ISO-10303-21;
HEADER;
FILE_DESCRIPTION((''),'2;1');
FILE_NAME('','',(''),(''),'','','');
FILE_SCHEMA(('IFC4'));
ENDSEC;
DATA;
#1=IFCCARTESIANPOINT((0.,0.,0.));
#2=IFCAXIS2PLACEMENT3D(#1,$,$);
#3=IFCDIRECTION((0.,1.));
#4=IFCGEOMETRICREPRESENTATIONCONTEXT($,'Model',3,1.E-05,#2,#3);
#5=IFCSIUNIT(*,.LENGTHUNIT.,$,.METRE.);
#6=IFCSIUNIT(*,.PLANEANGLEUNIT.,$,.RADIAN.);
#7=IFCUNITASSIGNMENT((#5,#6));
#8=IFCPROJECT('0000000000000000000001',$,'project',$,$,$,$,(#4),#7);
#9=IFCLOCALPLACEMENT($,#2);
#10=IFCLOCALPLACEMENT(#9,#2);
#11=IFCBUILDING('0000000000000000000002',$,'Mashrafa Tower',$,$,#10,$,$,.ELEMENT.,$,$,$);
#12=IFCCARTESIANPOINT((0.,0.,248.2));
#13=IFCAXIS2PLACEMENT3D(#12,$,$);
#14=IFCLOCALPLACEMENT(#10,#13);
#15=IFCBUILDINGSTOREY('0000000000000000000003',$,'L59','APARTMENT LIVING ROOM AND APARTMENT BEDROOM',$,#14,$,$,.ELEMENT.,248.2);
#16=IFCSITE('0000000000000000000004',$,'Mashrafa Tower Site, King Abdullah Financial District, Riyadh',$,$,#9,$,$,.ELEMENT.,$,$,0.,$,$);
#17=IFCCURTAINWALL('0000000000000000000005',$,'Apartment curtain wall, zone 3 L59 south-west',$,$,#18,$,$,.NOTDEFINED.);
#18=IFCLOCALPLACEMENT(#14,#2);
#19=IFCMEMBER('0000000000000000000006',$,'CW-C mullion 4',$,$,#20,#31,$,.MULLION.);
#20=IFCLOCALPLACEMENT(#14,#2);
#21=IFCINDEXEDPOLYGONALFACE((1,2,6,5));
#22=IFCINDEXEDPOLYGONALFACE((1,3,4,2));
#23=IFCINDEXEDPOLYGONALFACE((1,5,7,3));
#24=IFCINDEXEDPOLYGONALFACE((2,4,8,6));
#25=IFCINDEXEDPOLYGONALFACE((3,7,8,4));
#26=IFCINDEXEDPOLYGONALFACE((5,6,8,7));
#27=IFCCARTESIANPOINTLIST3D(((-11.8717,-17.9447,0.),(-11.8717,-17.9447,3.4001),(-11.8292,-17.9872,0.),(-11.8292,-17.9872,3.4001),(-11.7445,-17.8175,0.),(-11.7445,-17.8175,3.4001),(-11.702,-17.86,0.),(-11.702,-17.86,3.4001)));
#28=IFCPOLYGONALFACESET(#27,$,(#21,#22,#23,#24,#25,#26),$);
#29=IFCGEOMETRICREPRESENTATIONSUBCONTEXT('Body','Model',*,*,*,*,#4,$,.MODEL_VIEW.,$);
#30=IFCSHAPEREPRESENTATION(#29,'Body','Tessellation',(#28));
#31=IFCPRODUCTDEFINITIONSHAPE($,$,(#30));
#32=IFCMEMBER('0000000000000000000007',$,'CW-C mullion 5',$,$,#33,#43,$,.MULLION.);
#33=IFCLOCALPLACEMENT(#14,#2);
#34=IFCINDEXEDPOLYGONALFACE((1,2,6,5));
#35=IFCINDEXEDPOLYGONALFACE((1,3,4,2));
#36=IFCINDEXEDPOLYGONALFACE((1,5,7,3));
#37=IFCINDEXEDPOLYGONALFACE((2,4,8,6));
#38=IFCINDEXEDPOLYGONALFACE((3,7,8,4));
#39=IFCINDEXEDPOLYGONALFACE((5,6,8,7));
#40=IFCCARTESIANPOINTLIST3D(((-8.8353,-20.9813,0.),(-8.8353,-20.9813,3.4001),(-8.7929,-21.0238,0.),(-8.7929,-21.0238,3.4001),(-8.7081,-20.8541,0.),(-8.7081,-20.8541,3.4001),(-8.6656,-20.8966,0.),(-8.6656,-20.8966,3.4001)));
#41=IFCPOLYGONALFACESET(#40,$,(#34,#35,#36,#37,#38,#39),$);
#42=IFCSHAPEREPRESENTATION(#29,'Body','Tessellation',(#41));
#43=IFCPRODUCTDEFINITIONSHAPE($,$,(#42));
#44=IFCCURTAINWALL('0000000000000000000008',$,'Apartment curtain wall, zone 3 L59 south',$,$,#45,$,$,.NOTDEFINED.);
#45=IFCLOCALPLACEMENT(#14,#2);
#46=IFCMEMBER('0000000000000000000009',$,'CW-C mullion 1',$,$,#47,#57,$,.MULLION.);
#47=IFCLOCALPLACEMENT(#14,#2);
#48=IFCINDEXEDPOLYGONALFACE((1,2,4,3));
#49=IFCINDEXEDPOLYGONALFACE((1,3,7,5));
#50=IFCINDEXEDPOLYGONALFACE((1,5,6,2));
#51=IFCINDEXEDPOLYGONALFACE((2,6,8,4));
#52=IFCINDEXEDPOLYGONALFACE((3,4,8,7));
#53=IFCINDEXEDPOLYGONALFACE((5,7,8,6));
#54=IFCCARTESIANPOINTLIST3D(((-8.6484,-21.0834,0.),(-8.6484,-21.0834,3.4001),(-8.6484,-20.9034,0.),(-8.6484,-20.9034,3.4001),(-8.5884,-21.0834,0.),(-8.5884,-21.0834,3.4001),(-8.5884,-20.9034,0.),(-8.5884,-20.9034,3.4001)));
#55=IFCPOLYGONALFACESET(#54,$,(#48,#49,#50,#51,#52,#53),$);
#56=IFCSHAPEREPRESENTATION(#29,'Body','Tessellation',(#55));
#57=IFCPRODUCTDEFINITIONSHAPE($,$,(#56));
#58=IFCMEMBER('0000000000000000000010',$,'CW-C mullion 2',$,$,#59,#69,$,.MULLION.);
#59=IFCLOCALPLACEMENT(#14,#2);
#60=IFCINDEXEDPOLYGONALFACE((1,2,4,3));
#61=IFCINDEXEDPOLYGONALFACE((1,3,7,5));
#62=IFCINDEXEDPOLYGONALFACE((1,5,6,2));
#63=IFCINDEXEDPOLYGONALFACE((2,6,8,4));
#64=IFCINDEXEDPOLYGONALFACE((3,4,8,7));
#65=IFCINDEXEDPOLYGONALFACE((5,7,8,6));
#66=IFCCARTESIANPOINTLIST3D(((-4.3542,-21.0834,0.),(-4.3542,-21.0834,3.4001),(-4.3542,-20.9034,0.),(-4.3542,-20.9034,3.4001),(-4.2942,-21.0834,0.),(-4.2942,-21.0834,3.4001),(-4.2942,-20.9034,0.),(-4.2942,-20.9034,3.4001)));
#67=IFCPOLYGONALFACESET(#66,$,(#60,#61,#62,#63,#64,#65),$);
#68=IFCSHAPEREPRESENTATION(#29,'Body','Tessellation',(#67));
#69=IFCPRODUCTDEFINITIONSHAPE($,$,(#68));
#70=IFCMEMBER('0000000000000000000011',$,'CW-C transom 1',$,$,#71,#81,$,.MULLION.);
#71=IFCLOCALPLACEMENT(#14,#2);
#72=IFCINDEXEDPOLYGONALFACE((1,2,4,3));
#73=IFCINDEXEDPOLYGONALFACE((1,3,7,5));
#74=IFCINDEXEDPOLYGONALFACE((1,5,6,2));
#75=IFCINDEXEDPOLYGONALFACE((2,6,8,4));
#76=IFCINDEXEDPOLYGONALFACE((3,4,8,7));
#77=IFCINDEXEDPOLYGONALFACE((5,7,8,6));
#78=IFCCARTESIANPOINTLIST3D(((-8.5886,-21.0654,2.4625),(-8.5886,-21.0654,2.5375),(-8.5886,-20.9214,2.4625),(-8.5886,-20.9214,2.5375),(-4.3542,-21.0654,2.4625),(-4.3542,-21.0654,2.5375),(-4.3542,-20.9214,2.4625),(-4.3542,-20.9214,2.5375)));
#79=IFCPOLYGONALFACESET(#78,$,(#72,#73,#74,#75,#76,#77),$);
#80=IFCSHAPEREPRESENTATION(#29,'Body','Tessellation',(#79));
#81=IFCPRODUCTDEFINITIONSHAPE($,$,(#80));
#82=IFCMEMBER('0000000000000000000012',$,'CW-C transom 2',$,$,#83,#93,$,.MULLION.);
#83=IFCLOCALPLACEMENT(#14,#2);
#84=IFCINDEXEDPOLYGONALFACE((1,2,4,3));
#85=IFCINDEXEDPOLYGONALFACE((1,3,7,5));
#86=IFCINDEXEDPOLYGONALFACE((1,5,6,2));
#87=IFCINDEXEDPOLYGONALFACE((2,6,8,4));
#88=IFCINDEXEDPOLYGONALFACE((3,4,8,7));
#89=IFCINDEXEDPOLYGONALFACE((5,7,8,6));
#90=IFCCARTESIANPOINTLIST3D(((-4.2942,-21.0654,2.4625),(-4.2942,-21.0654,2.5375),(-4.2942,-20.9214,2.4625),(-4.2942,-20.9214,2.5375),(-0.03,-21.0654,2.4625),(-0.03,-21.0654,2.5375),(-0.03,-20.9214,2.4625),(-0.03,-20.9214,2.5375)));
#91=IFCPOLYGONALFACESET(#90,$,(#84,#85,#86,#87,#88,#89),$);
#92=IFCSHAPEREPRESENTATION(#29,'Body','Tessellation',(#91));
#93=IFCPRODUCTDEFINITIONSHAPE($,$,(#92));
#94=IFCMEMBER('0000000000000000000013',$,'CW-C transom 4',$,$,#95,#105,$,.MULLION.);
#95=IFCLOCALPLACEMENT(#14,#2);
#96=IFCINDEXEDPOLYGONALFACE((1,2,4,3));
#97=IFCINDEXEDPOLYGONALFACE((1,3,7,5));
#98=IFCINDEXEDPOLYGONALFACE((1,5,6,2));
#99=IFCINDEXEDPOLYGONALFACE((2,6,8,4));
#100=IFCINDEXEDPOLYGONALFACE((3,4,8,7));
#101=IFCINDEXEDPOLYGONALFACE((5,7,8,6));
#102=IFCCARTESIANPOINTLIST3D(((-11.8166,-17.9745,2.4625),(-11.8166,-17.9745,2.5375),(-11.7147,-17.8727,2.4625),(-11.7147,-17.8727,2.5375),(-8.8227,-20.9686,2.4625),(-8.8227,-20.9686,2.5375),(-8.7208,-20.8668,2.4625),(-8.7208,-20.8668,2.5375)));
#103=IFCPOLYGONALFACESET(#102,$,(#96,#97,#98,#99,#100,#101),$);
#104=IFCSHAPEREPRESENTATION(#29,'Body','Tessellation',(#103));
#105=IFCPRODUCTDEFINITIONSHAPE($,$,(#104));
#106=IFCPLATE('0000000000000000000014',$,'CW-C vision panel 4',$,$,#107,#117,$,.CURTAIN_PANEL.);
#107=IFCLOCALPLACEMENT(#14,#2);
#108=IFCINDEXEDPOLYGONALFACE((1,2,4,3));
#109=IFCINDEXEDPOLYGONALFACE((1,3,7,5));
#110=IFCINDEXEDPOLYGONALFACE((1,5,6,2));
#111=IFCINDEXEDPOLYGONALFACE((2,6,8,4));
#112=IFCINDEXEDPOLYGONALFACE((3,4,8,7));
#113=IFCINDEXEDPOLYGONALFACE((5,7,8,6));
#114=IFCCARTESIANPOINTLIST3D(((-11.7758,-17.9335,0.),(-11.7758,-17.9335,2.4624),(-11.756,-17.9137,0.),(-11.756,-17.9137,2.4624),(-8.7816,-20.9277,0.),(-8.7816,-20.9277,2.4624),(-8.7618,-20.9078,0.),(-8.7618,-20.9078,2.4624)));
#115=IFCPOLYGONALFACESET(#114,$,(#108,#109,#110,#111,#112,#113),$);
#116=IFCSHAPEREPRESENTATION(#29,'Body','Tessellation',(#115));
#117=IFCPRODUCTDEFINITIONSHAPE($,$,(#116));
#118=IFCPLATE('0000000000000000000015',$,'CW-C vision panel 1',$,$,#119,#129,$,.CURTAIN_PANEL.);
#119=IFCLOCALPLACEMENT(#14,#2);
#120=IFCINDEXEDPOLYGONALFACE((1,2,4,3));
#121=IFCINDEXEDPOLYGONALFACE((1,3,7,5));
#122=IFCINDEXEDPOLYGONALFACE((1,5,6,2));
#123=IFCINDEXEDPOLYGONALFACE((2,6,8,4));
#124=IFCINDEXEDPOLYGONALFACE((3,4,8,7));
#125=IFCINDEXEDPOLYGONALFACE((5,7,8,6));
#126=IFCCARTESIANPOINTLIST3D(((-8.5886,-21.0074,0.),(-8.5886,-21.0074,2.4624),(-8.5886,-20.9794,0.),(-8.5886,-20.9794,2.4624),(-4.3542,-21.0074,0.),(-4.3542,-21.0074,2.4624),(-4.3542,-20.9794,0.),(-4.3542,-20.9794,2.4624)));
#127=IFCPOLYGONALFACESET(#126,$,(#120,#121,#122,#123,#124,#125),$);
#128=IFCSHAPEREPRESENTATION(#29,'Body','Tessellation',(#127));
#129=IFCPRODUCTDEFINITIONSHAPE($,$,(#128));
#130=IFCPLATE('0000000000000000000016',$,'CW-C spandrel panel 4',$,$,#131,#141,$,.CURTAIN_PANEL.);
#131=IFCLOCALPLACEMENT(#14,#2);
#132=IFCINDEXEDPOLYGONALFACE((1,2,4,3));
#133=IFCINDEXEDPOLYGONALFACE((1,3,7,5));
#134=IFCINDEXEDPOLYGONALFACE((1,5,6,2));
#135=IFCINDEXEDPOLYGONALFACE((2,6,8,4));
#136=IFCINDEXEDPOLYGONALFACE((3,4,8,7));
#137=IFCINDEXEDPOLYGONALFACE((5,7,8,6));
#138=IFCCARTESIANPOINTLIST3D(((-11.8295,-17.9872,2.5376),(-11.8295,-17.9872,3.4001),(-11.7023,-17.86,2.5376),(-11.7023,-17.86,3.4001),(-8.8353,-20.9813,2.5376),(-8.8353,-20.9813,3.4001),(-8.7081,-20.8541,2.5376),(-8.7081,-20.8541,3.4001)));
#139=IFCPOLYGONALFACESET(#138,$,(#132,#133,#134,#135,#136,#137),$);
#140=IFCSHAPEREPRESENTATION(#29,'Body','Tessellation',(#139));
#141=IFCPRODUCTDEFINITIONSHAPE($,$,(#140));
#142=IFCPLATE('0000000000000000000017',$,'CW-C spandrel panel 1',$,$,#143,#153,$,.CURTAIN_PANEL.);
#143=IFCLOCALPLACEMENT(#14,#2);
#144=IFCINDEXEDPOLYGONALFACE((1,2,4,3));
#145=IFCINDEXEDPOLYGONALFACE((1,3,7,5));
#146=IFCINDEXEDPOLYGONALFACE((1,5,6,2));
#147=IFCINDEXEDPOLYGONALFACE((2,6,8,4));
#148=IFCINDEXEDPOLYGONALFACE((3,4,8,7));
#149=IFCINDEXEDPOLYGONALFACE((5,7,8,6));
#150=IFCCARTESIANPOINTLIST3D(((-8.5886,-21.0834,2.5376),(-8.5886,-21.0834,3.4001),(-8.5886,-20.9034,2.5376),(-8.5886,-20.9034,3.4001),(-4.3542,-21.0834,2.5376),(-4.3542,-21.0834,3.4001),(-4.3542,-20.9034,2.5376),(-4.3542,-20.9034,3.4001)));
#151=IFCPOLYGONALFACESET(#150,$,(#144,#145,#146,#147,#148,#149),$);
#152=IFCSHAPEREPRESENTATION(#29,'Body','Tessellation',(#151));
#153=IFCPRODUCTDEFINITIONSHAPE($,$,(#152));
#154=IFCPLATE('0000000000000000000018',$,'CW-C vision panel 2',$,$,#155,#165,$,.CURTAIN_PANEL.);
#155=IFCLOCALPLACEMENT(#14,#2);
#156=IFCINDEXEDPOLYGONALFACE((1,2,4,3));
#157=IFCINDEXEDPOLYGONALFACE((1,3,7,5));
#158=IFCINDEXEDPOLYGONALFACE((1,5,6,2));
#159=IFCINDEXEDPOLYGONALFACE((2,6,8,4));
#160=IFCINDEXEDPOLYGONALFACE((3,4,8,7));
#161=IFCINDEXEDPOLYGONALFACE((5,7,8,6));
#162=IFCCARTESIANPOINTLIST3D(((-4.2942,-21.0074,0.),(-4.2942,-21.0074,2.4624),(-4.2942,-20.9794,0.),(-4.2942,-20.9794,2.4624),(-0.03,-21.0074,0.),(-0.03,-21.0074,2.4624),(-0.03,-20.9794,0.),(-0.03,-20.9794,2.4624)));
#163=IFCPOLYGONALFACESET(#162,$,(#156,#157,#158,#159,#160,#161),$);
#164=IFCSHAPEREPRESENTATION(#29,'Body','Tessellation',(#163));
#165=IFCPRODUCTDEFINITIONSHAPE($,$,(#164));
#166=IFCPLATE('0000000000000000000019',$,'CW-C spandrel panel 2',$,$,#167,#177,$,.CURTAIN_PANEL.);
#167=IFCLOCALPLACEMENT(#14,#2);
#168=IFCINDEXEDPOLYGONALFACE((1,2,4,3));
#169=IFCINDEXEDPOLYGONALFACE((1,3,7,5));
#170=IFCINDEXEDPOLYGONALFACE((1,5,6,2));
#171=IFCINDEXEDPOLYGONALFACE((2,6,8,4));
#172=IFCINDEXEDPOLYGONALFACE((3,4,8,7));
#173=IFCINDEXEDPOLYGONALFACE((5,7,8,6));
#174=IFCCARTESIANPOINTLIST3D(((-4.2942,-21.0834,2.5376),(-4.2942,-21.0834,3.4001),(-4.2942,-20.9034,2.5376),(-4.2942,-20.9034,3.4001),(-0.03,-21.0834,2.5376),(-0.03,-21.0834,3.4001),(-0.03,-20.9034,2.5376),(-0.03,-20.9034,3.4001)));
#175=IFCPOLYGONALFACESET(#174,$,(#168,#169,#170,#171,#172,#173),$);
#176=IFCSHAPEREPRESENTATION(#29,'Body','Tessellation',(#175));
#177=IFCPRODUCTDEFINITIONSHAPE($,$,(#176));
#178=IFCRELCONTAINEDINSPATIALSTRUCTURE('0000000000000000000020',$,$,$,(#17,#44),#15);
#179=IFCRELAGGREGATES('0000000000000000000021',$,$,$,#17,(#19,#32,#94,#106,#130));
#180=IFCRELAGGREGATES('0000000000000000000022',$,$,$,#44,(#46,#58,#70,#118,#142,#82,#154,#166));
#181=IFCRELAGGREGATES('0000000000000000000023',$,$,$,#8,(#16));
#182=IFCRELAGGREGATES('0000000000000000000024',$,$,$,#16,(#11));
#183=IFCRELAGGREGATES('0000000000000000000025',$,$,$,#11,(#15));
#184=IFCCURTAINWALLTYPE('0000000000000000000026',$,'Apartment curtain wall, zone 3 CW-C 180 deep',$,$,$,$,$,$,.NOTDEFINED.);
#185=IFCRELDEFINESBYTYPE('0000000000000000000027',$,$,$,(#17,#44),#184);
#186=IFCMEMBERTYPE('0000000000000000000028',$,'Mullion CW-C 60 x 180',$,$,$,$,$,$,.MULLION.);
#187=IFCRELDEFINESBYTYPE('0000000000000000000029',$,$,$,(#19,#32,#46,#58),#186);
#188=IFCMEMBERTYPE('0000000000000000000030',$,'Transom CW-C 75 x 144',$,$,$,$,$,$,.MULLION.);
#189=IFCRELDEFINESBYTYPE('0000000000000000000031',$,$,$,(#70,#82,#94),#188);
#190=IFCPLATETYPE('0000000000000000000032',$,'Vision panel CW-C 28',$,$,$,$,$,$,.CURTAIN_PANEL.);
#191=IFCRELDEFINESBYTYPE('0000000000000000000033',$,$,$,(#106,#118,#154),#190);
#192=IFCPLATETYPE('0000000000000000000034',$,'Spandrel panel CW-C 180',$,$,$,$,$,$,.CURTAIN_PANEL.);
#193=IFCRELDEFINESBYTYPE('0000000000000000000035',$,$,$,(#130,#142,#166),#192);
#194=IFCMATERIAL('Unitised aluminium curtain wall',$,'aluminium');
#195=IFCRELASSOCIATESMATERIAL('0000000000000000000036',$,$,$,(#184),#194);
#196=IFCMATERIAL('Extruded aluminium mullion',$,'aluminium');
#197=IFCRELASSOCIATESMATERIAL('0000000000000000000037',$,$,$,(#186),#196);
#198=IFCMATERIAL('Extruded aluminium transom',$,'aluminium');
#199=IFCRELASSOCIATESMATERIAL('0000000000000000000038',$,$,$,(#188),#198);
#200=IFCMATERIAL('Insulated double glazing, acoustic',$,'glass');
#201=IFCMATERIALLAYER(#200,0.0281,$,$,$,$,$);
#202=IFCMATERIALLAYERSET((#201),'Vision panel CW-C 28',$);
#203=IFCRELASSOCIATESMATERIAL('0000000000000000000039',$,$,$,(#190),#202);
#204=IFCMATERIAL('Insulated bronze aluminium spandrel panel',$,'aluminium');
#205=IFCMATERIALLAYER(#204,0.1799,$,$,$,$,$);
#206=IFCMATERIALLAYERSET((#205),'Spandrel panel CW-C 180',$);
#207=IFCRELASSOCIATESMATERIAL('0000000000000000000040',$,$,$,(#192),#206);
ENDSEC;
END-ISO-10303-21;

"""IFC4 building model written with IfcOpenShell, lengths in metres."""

from ifc_helpers import new_model, si_unit, direction, frame, origin, origin_2d, place, context, subcontext, project, spatial, rectangle, extrude, source, transform, mapped, material, layer, layer_set, material_profile, profile_set, type_object, type_shapes, element, aggregate, save


model = new_model("IFC4")

# Units and contexts
model_context = context("Model", 3, precision=1e-05, world=origin(), true_north=direction((0.0, 1.0)))
body_context = subcontext(model_context, "Body", "Model", "MODEL_VIEW")
ifc_project = project(units=[si_unit("LENGTHUNIT", "METRE"), si_unit("PLANEANGLEUNIT", "RADIAN")], contexts=[model_context])

# Site, building, storey
site_placement = place(None, origin())
site = spatial("IfcSite", under=ifc_project, at=site_placement, Name="Mashrafa Tower Site, King Abdullah Financial District, Riyadh", CompositionType="ELEMENT", RefElevation=0.0)
building_placement = place(site_placement, origin())
building = spatial("IfcBuilding", under=site, at=building_placement, Name="Mashrafa Tower", CompositionType="ELEMENT")
storey_placement = place(building_placement, frame((0.0, 0.0, 248.2)))
storey = spatial("IfcBuildingStorey", under=building, at=storey_placement, Name="L59", Description="APARTMENT LIVING ROOM AND APARTMENT BEDROOM", CompositionType="ELEMENT", Elevation=248.2)

# Curtain walls, members
ifc_material_1 = material(Name="Unitised aluminium curtain wall", Category="aluminium")
curtain_wall_type = type_object("IfcCurtainWallType", Name="Apartment curtain wall, zone 3 CW-C 180 deep", PredefinedType="NOTDEFINED", material=ifc_material_1)
curtain_wall_1_placement = place(storey_placement, origin())
curtain_wall_1 = element("IfcCurtainWall", 1, at=curtain_wall_1_placement, inside=storey, type_object=curtain_wall_type, Name="Apartment curtain wall, zone 3 L59 south-west", PredefinedType="NOTDEFINED")
ifc_material_2 = material(Name="Extruded aluminium mullion", Category="aluminium")
ifc_material_profile_1 = material_profile(ifc_material_2, rectangle(XDim=0.1799, YDim=0.0601, at=origin_2d()), Name="Mullion 60x180")
ifc_profile_set_1 = profile_set([ifc_material_profile_1], Name="Extruded aluminium mullion")
member_type_1 = type_object("IfcMemberType", Name="Mullion CW-C 60 x 180", PredefinedType="MULLION", material=ifc_profile_set_1)
shared_shape_1 = source(origin(), body_context, "Body", "SweptSolid", [
    extrude(rectangle(XDim=0.1799, YDim=0.0601, at=origin_2d()), origin(), (0.0, 0.0, 1.0), 3.4001),
])
type_shapes(member_type_1, [shared_shape_1])
member_1_placement = place(storey_placement, frame((-11.7869, -17.9023, 0.0), z_axis=(0.0, 0.0, 1.0), x_axis=(0.707107, 0.707107, 0.0)))
member_1 = element("IfcMember", 2, at=member_1_placement, type_object=member_type_1, Name="CW-C mullion 4", PredefinedType="MULLION", context=body_context, shape_type="MappedRepresentation", body=[
    mapped(shared_shape_1, transform((0.0, 0.0, 0.0))),
])
member_2_placement = place(storey_placement, frame((-8.7505, -20.939, 0.0), z_axis=(0.0, 0.0, 1.0), x_axis=(0.707107, 0.707107, 0.0)))
member_2 = element("IfcMember", 3, at=member_2_placement, type_object=member_type_1, Name="CW-C mullion 5", PredefinedType="MULLION", context=body_context, shape_type="MappedRepresentation", body=[
    mapped(shared_shape_1, transform((0.0, 0.0, 0.0))),
])
curtain_wall_2_placement = place(storey_placement, origin())
curtain_wall_2 = element("IfcCurtainWall", 4, at=curtain_wall_2_placement, inside=storey, type_object=curtain_wall_type, Name="Apartment curtain wall, zone 3 L59 south", PredefinedType="NOTDEFINED")
member_3_placement = place(storey_placement, frame((-8.6184, -20.9934, 0.0), z_axis=(0.0, 0.0, 1.0), x_axis=(0.0, 1.0, 0.0)))
member_3 = element("IfcMember", 5, at=member_3_placement, type_object=member_type_1, Name="CW-C mullion 1", PredefinedType="MULLION", context=body_context, shape_type="MappedRepresentation", body=[
    mapped(shared_shape_1, transform((0.0, 0.0, 0.0))),
])
member_4_placement = place(storey_placement, frame((-4.3242, -20.9934, 0.0), z_axis=(0.0, 0.0, 1.0), x_axis=(0.0, 1.0, 0.0)))
member_4 = element("IfcMember", 6, at=member_4_placement, type_object=member_type_1, Name="CW-C mullion 2", PredefinedType="MULLION", context=body_context, shape_type="MappedRepresentation", body=[
    mapped(shared_shape_1, transform((0.0, 0.0, 0.0))),
])
ifc_material_3 = material(Name="Extruded aluminium transom", Category="aluminium")
ifc_material_profile_2 = material_profile(ifc_material_3, rectangle(XDim=0.144, YDim=0.075, at=origin_2d()), Name="Transom 75x144")
ifc_profile_set_2 = profile_set([ifc_material_profile_2], Name="Extruded aluminium transom")
member_type_2 = type_object("IfcMemberType", Name="Transom CW-C 75 x 144", PredefinedType="MULLION", material=ifc_profile_set_2)
shared_shape_2 = source(origin(), body_context, "Body", "SweptSolid", [
    extrude(rectangle(XDim=0.144, YDim=0.075, at=origin_2d()), origin(), (0.0, 0.0, 1.0), 4.2344),
])
member_5_placement = place(storey_placement, frame((-8.5886, -20.9934, 2.5), z_axis=(1.0, 0.0, 0.0), x_axis=(0.0, 1.0, 0.0)))
member_5 = element("IfcMember", 7, at=member_5_placement, type_object=member_type_2, Name="CW-C transom 1", PredefinedType="MULLION", context=body_context, shape_type="MappedRepresentation", body=[
    mapped(shared_shape_2, transform((0.0, 0.0, 0.0))),
])
shared_shape_3 = source(origin(), body_context, "Body", "SweptSolid", [
    extrude(rectangle(XDim=0.144, YDim=0.075, at=origin_2d()), origin(), (0.0, 0.0, 1.0), 4.2642),
])
member_6_placement = place(storey_placement, frame((-4.2942, -20.9934, 2.5), z_axis=(1.0, 0.0, 0.0), x_axis=(0.0, 1.0, 0.0)))
member_6 = element("IfcMember", 8, at=member_6_placement, type_object=member_type_2, Name="CW-C transom 2", PredefinedType="MULLION", context=body_context, shape_type="MappedRepresentation", body=[
    mapped(shared_shape_3, transform((0.0, 0.0, 0.0))),
])

# Member
shared_shape_4 = source(origin(), body_context, "Body", "SweptSolid", [
    extrude(rectangle(XDim=0.144, YDim=0.075, at=origin_2d()), origin(), (0.0, 0.0, 1.0), 4.2341),
])
type_shapes(member_type_2, [shared_shape_2, shared_shape_3, shared_shape_4])
member_7_placement = place(storey_placement, frame((-11.7656, -17.9236, 2.5), z_axis=(0.707078, -0.707136, 0.0), x_axis=(0.707136, 0.707078, 0.0)))
member_7 = element("IfcMember", 9, at=member_7_placement, type_object=member_type_2, Name="CW-C transom 4", PredefinedType="MULLION", context=body_context, shape_type="MappedRepresentation", body=[
    mapped(shared_shape_4, transform((0.0, 0.0, 0.0))),
])

# Plates
ifc_material_4 = material(Name="Insulated double glazing, acoustic", Category="glass")
ifc_layer_1 = layer(ifc_material_4, 0.0281)
ifc_layer_set_1 = layer_set([ifc_layer_1], Name="Vision panel CW-C 28")
plate_type_1 = type_object("IfcPlateType", Name="Vision panel CW-C 28", PredefinedType="CURTAIN_PANEL", material=ifc_layer_set_1)
shared_shape_5 = source(origin(), body_context, "Body", "SweptSolid", [
    extrude(rectangle(XDim=4.2344, YDim=0.0281, at=origin_2d()), origin(), (0.0, 0.0, 1.0), 2.4624),
])
plate_1_placement = place(storey_placement, frame((-10.2688, -19.4207, 0.0), z_axis=(0.0, 0.0, 1.0), x_axis=(0.707107, -0.707107, 0.0)))
plate_1 = element("IfcPlate", 10, at=plate_1_placement, type_object=plate_type_1, Name="CW-C vision panel 4", PredefinedType="CURTAIN_PANEL", context=body_context, shape_type="MappedRepresentation", body=[
    mapped(shared_shape_5, transform((0.0, 0.0, 0.0))),
])
plate_2_placement = place(storey_placement, frame((-6.4714, -20.9934, 0.0), z_axis=(0.0, 0.0, 1.0), x_axis=(1.0, 0.0, 0.0)))
plate_2 = element("IfcPlate", 11, at=plate_2_placement, type_object=plate_type_1, Name="CW-C vision panel 1", PredefinedType="CURTAIN_PANEL", context=body_context, shape_type="MappedRepresentation", body=[
    mapped(shared_shape_5, transform((0.0, 0.0, 0.0))),
])
ifc_material_5 = material(Name="Insulated bronze aluminium spandrel panel", Category="aluminium")
ifc_layer_2 = layer(ifc_material_5, 0.1799)
ifc_layer_set_2 = layer_set([ifc_layer_2], Name="Spandrel panel CW-C 180")
plate_type_2 = type_object("IfcPlateType", Name="Spandrel panel CW-C 180", PredefinedType="CURTAIN_PANEL", material=ifc_layer_set_2)
shared_shape_6 = source(origin(), body_context, "Body", "SweptSolid", [
    extrude(rectangle(XDim=4.2344, YDim=0.1799, at=origin_2d()), origin(), (0.0, 0.0, 1.0), 0.8625),
])
plate_3_placement = place(storey_placement, frame((-10.2688, -19.4207, 2.5376), z_axis=(0.0, 0.0, 1.0), x_axis=(0.707107, -0.707107, 0.0)))
plate_3 = element("IfcPlate", 12, at=plate_3_placement, type_object=plate_type_2, Name="CW-C spandrel panel 4", PredefinedType="CURTAIN_PANEL", context=body_context, shape_type="MappedRepresentation", body=[
    mapped(shared_shape_6, transform((0.0, 0.0, 0.0))),
])
aggregate(curtain_wall_1, [member_1, member_2, member_7, plate_1, plate_3])
plate_4_placement = place(storey_placement, frame((-6.4714, -20.9934, 2.5376), z_axis=(0.0, 0.0, 1.0), x_axis=(1.0, 0.0, 0.0)))
plate_4 = element("IfcPlate", 13, at=plate_4_placement, type_object=plate_type_2, Name="CW-C spandrel panel 1", PredefinedType="CURTAIN_PANEL", context=body_context, shape_type="MappedRepresentation", body=[
    mapped(shared_shape_6, transform((0.0, 0.0, 0.0))),
])
shared_shape_7 = source(origin(), body_context, "Body", "SweptSolid", [
    extrude(rectangle(XDim=4.2642, YDim=0.0281, at=origin_2d()), origin(), (0.0, 0.0, 1.0), 2.4624),
])
type_shapes(plate_type_1, [shared_shape_5, shared_shape_7])
plate_5_placement = place(storey_placement, frame((-2.1621, -20.9934, 0.0), z_axis=(0.0, 0.0, 1.0), x_axis=(1.0, 0.0, 0.0)))
plate_5 = element("IfcPlate", 14, at=plate_5_placement, type_object=plate_type_1, Name="CW-C vision panel 2", PredefinedType="CURTAIN_PANEL", context=body_context, shape_type="MappedRepresentation", body=[
    mapped(shared_shape_7, transform((0.0, 0.0, 0.0))),
])
shared_shape_8 = source(origin(), body_context, "Body", "SweptSolid", [
    extrude(rectangle(XDim=4.2642, YDim=0.1799, at=origin_2d()), origin(), (0.0, 0.0, 1.0), 0.8625),
])
type_shapes(plate_type_2, [shared_shape_6, shared_shape_8])
plate_6_placement = place(storey_placement, frame((-2.1621, -20.9934, 2.5376), z_axis=(0.0, 0.0, 1.0), x_axis=(1.0, 0.0, 0.0)))
plate_6 = element("IfcPlate", 15, at=plate_6_placement, type_object=plate_type_2, Name="CW-C spandrel panel 2", PredefinedType="CURTAIN_PANEL", context=body_context, shape_type="MappedRepresentation", body=[
    mapped(shared_shape_8, transform((0.0, 0.0, 0.0))),
])
aggregate(curtain_wall_2, [member_3, member_4, member_5, plate_2, plate_4, member_6, plate_5, plate_6])

save(model, "model.ifc")
